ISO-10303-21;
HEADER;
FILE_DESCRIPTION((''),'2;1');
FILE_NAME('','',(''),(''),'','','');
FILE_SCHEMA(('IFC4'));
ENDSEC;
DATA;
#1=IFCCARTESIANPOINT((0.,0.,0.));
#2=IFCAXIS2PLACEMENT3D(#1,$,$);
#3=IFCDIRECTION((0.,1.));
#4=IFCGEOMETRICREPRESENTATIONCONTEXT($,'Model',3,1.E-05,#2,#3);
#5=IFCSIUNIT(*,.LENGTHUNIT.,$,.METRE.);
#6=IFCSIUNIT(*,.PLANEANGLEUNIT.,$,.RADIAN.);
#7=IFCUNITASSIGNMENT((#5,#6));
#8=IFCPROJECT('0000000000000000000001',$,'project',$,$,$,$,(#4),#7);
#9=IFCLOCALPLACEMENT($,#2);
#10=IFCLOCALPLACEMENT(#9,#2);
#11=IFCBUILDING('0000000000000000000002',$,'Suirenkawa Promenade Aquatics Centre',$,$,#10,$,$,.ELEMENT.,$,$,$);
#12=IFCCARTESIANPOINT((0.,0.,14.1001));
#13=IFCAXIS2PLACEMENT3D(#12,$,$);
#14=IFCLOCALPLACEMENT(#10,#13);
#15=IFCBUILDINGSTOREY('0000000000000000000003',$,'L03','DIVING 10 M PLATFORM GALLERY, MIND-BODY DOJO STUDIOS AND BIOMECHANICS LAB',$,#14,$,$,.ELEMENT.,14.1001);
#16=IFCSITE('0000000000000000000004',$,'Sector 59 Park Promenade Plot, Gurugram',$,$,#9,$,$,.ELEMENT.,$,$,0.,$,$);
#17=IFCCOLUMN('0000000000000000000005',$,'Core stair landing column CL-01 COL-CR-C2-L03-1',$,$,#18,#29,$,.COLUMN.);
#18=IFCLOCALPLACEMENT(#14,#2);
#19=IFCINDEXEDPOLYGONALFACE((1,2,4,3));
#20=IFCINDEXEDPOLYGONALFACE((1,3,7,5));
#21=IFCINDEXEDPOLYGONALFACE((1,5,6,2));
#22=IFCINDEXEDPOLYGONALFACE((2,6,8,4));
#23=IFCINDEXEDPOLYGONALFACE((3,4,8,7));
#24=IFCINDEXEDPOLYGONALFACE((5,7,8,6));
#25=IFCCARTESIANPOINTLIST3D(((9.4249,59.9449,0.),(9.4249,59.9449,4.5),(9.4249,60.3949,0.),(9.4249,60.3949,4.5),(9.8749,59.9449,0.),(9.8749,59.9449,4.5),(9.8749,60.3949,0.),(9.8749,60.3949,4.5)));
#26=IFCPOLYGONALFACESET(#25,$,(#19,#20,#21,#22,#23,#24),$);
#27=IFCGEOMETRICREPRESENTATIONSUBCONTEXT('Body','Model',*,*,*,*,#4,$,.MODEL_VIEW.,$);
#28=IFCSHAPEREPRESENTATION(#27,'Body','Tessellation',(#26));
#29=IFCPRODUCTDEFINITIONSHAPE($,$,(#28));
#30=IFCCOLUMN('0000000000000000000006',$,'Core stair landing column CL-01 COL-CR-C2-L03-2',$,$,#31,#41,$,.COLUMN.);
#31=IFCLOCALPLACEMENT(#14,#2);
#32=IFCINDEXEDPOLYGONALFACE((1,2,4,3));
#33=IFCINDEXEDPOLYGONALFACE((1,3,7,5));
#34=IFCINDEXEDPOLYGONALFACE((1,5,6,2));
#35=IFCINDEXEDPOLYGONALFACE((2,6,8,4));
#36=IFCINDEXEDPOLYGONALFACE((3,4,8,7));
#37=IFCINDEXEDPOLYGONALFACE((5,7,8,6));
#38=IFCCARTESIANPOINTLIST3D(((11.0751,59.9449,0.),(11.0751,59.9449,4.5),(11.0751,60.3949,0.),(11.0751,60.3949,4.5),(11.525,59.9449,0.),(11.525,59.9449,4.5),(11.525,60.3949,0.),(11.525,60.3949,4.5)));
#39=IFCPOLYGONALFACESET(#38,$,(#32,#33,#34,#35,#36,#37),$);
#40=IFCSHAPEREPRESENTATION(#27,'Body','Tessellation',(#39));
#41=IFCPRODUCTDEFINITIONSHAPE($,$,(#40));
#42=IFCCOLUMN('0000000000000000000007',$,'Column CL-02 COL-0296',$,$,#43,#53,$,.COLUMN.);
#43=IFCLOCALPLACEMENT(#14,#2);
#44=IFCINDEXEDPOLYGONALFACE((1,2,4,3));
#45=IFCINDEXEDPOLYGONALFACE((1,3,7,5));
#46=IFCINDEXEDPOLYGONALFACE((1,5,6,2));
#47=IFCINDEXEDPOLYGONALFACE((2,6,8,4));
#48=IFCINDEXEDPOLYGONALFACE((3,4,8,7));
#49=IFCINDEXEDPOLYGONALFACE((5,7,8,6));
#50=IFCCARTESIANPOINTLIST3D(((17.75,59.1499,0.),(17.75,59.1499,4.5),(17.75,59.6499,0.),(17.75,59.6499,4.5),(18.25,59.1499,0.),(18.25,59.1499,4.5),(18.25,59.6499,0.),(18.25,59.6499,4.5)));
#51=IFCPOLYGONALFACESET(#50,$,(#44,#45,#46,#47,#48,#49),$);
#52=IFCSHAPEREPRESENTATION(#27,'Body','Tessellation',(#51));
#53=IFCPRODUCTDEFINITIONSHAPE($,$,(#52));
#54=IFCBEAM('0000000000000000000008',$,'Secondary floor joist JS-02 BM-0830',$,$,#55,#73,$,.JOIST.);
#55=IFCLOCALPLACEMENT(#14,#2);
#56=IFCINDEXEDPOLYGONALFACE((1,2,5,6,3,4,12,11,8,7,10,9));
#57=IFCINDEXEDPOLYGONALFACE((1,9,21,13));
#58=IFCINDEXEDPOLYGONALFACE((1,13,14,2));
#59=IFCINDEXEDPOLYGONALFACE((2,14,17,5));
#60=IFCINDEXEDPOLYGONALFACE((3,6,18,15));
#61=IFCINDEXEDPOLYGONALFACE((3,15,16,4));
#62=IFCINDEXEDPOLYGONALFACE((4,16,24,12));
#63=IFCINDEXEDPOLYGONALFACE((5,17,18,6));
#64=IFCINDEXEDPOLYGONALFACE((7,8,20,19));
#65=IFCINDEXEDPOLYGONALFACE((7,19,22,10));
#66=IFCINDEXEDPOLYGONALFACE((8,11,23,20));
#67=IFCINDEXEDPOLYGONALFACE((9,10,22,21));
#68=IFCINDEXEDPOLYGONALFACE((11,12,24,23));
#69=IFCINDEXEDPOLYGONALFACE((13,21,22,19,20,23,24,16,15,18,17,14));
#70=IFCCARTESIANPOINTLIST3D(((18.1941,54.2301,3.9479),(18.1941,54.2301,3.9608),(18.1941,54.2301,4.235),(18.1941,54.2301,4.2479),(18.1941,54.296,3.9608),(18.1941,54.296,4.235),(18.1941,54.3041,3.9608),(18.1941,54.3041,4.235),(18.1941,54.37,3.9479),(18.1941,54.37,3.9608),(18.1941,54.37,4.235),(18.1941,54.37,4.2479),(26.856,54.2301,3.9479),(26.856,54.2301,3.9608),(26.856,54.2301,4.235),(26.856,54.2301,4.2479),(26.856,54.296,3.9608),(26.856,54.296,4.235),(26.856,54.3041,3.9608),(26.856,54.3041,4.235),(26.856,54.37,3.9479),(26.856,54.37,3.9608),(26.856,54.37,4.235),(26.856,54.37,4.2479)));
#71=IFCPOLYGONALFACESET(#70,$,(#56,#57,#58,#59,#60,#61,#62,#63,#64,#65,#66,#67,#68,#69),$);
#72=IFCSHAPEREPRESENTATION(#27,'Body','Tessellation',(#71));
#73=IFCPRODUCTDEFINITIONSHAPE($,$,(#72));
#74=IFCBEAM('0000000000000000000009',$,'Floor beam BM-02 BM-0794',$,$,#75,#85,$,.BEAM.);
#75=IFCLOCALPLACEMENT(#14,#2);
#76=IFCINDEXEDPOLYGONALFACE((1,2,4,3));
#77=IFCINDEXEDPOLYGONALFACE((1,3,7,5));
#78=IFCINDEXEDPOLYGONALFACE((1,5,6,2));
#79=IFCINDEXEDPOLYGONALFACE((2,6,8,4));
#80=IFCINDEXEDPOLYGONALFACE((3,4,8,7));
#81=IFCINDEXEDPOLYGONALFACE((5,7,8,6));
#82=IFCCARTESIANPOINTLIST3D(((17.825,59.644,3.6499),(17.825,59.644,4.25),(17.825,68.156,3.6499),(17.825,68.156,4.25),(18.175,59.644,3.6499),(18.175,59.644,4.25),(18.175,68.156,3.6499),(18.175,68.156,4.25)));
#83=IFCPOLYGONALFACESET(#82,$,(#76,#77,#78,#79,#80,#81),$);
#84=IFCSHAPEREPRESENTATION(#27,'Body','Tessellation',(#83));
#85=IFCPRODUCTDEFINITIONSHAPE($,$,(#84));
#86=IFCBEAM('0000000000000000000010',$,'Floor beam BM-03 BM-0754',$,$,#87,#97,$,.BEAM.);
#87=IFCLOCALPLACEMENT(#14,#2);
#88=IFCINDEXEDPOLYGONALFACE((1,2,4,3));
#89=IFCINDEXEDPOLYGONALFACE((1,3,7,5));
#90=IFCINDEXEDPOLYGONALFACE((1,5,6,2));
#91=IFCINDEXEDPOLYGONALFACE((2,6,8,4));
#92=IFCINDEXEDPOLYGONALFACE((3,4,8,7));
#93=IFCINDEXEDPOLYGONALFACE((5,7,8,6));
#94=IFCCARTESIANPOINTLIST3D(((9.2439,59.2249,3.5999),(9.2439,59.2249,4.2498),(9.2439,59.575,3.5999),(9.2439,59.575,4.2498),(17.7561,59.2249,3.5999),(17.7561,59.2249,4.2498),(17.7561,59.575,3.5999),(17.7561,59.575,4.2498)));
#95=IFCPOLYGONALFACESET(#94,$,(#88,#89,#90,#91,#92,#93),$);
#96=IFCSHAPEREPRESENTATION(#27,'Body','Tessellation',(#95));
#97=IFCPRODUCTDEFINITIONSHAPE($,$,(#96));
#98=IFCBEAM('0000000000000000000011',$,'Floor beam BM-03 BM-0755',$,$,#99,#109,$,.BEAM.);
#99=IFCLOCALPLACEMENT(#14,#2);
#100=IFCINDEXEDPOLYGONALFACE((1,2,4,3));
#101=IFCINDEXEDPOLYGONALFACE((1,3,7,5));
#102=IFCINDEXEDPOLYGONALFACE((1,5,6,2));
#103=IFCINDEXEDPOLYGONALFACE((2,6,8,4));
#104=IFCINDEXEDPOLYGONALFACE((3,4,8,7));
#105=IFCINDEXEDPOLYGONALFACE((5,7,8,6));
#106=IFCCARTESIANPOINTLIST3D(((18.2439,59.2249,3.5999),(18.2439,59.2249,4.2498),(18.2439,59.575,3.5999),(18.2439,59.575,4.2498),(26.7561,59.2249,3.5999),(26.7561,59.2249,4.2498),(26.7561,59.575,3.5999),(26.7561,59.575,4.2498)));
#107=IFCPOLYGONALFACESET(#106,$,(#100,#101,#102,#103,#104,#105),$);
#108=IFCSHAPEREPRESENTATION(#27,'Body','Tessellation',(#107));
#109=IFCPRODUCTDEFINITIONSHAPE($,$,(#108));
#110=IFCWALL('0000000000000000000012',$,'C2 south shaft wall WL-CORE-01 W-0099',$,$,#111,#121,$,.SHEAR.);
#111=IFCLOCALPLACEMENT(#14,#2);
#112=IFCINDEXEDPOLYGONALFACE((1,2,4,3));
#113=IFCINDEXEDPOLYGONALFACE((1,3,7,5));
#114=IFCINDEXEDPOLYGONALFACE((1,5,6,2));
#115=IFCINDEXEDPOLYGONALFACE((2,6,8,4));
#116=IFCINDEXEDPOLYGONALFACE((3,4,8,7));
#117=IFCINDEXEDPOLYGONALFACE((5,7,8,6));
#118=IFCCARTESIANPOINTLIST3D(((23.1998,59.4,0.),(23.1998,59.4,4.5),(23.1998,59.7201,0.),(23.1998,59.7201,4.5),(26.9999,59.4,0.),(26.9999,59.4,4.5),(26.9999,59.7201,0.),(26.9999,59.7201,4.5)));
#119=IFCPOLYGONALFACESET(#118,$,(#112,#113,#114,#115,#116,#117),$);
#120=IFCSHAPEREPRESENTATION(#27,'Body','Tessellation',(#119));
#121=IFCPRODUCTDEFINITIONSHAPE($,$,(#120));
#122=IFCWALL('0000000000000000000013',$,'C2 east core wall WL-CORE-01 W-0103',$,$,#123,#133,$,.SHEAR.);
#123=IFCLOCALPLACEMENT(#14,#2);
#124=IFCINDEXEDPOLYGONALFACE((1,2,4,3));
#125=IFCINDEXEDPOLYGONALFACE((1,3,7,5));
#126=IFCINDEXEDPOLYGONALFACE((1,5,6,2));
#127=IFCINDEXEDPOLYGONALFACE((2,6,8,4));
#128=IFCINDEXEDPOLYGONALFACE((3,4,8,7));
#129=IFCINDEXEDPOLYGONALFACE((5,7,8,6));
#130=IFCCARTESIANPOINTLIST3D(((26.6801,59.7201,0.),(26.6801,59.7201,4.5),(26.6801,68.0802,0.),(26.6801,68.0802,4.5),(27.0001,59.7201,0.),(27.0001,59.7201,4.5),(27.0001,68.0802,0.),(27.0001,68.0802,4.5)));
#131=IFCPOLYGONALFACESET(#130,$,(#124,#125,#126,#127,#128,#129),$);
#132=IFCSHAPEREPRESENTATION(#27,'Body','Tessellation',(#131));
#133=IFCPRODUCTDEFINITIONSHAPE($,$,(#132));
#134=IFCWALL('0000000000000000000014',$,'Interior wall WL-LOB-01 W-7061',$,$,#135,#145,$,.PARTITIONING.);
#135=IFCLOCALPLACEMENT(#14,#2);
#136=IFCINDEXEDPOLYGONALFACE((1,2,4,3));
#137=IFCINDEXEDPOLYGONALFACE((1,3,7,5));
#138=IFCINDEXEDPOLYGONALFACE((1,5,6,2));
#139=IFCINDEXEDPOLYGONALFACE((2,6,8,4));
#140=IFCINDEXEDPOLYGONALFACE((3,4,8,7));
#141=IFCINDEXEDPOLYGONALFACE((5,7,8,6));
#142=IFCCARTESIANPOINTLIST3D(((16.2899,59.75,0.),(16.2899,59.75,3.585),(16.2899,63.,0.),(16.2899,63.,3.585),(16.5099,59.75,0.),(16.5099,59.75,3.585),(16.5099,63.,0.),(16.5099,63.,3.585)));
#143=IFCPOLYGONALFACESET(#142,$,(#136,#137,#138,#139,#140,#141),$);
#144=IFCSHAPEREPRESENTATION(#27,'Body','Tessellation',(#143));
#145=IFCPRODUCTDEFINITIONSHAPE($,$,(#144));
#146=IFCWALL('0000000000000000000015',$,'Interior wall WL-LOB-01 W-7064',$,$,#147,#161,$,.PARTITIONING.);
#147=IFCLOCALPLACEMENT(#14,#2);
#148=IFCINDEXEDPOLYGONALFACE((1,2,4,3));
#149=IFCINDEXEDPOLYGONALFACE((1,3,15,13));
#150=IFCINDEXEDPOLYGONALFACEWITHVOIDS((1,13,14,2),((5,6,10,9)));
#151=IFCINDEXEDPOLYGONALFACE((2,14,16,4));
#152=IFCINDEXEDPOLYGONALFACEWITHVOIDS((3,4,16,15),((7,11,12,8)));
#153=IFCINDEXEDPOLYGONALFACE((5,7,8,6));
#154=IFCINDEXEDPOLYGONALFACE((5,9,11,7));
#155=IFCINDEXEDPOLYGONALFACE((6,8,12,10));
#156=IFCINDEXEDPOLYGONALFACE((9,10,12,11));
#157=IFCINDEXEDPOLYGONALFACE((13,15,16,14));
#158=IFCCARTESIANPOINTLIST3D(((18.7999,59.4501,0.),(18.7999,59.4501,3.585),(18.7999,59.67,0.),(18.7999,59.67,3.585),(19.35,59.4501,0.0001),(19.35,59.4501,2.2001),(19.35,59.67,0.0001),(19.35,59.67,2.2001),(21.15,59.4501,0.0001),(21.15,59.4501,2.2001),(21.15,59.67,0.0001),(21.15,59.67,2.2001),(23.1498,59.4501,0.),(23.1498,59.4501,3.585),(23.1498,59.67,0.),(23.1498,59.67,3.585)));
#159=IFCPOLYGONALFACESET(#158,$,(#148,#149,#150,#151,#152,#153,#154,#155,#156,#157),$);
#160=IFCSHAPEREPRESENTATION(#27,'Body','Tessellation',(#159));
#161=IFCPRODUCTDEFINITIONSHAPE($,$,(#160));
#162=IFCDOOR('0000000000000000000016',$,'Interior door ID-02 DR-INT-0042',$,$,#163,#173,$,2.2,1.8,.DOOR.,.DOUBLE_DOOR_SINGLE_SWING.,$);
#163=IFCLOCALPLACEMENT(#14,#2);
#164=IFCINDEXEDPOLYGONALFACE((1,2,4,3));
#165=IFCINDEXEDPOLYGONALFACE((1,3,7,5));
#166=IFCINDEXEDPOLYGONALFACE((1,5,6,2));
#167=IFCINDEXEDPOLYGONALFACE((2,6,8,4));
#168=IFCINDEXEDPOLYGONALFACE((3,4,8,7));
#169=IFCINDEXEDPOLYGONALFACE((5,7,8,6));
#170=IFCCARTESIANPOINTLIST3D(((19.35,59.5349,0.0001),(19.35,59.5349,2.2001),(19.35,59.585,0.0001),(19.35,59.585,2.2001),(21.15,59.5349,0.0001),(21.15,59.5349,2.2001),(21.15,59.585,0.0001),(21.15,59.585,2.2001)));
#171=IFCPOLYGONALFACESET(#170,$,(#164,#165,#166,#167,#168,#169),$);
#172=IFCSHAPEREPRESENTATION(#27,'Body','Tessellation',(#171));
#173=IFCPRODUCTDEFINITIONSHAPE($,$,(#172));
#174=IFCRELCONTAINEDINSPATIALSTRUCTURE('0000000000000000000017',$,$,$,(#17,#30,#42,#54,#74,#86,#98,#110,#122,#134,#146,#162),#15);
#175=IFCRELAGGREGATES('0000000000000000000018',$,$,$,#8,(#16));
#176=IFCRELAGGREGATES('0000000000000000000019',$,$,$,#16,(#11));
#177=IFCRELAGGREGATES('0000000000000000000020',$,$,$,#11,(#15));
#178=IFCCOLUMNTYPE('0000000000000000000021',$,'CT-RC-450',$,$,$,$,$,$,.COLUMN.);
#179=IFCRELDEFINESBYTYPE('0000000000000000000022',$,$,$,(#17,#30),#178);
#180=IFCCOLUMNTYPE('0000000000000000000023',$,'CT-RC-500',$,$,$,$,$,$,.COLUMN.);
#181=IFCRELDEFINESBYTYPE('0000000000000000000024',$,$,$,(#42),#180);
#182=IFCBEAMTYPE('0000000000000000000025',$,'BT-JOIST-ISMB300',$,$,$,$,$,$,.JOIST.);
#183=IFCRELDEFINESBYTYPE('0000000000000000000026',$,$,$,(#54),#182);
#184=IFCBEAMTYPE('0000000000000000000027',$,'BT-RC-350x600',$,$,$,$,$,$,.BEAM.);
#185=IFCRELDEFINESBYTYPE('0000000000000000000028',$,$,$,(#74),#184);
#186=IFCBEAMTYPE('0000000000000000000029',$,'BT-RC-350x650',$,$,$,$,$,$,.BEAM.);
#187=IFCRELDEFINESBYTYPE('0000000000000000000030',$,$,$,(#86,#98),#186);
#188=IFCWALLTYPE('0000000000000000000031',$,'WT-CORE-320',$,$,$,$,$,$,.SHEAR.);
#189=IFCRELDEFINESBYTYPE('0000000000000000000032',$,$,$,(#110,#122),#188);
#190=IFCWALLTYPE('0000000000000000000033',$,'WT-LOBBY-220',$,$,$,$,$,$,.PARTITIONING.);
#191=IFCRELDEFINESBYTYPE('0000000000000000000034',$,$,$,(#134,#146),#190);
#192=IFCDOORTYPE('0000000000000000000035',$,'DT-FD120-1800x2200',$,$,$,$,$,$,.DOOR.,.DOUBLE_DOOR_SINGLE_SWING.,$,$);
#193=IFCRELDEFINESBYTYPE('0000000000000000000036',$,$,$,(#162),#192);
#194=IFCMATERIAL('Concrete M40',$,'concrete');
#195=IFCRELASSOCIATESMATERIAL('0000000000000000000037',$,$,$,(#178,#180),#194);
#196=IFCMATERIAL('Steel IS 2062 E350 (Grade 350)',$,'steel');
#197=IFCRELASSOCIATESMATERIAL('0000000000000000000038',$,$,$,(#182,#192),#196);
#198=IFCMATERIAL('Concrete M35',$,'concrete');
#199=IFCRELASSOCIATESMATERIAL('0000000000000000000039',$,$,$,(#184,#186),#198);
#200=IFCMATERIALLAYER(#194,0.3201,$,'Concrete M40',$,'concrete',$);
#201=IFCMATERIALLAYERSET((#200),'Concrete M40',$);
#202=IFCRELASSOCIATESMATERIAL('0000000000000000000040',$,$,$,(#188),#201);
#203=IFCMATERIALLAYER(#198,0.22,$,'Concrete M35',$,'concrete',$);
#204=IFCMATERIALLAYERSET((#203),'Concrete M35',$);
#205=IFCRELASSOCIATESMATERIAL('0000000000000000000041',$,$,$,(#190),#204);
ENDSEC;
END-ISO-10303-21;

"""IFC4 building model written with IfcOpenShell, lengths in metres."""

from ifc_helpers import new_model, si_unit, direction, frame, frame_2d, origin, origin_2d, place, context, subcontext, project, spatial, rectangle, i_section, extrude, material, layer, layer_set, material_profile, profile_set, type_object, element, fill, save


model = new_model("IFC4")

# Units and contexts
model_context = context("Model", 3, precision=1e-05, world=origin(), true_north=direction((0.0, 1.0)))
body_context = subcontext(model_context, "Body", "Model", "MODEL_VIEW")
ifc_project = project(units=[si_unit("LENGTHUNIT", "METRE"), si_unit("PLANEANGLEUNIT", "RADIAN")], contexts=[model_context])

# Site, building, storey
site_placement = place(None, origin())
site = spatial("IfcSite", under=ifc_project, at=site_placement, Name="Sector 59 Park Promenade Plot, Gurugram", CompositionType="ELEMENT", RefElevation=0.0)
building_placement = place(site_placement, origin())
building = spatial("IfcBuilding", under=site, at=building_placement, Name="Suirenkawa Promenade Aquatics Centre", CompositionType="ELEMENT")
storey_placement = place(building_placement, frame((0.0, 0.0, 14.1001)))
storey = spatial("IfcBuildingStorey", under=building, at=storey_placement, Name="L03", Description="DIVING 10 M PLATFORM GALLERY, MIND-BODY DOJO STUDIOS AND BIOMECHANICS LAB", CompositionType="ELEMENT", Elevation=14.1001)

# Columns
ifc_material_1 = material(Name="Concrete M40", Category="concrete")
ifc_material_profile_1 = material_profile(ifc_material_1, rectangle(XDim=0.45, YDim=0.45, at=origin_2d()), Name="RC COL 450x450", Category="concrete")
ifc_profile_set_1 = profile_set([ifc_material_profile_1], Name="Concrete M40")
column_type_1 = type_object("IfcColumnType", Name="CT-RC-450", PredefinedType="COLUMN", material=ifc_profile_set_1)
for number, where, z_axis, x_axis, name in (
    (1, (9.6499, 60.1699, 0.0), (0.0, 0.0, 1.0), (1.0, 0.0, 0.0), "Core stair landing column CL-01 COL-CR-C2-L03-1"),
    (2, (11.3, 60.1699, 0.0), (0.0, 0.0, 1.0), (1.0, 0.0, 0.0), "Core stair landing column CL-01 COL-CR-C2-L03-2"),
):
    element("IfcColumn", number, at=place(storey_placement, frame(where, z_axis=z_axis, x_axis=x_axis)), inside=storey, type_object=column_type_1, Name=name, PredefinedType="COLUMN", context=body_context, shape_type="SweptSolid", body=[
        extrude(rectangle(XDim=0.45, YDim=0.45, at=origin_2d()), origin(), (0.0, 0.0, 1.0), 4.5),
    ])
ifc_material_profile_2 = material_profile(ifc_material_1, rectangle(XDim=0.5, YDim=0.5, at=origin_2d()), Name="RC COL 500x500", Category="concrete")
ifc_profile_set_2 = profile_set([ifc_material_profile_2], Name="Concrete M40")
column_type_2 = type_object("IfcColumnType", Name="CT-RC-500", PredefinedType="COLUMN", material=ifc_profile_set_2)
column_placement = place(storey_placement, frame((18.0, 59.3999, 0.0), z_axis=(0.0, 0.0, 1.0), x_axis=(1.0, 0.0, 0.0)))
element("IfcColumn", 3, at=column_placement, inside=storey, type_object=column_type_2, Name="Column CL-02 COL-0296", PredefinedType="COLUMN", context=body_context, shape_type="SweptSolid", body=[
    extrude(rectangle(XDim=0.5, YDim=0.5, at=origin_2d()), origin(), (0.0, 0.0, 1.0), 4.5),
])

# Beams
ifc_material_2 = material(Name="Steel IS 2062 E350 (Grade 350)", Category="steel")
ifc_material_profile_3 = material_profile(ifc_material_2, i_section(OverallWidth=0.1399, OverallDepth=0.3, WebThickness=0.0081, FlangeThickness=0.0129, at=origin_2d()), Name="ISMB 300", Category="steel")
ifc_profile_set_3 = profile_set([ifc_material_profile_3], Name="Steel IS 2062 E350 (Grade 350)")
beam_type_1 = type_object("IfcBeamType", Name="BT-JOIST-ISMB300", PredefinedType="JOIST", material=ifc_profile_set_3)
beam_1_placement = place(storey_placement, frame((18.1941, 54.3, 4.0979), z_axis=(1.0, 0.0, 0.0), x_axis=(0.0, 1.0, 0.0)))
element("IfcBeam", 4, at=beam_1_placement, inside=storey, type_object=beam_type_1, Name="Secondary floor joist JS-02 BM-0830", PredefinedType="JOIST", context=body_context, shape_type="SweptSolid", body=[
    extrude(i_section(OverallWidth=0.1399, OverallDepth=0.3, WebThickness=0.0081, FlangeThickness=0.0129, at=origin_2d()), origin(), (0.0, 0.0, 1.0), 8.6619),
])
ifc_material_3 = material(Name="Concrete M35", Category="concrete")
ifc_material_profile_4 = material_profile(ifc_material_3, rectangle(XDim=0.3501, YDim=0.6001, at=origin_2d()), Name="RC BM 350x600", Category="concrete")
ifc_profile_set_4 = profile_set([ifc_material_profile_4], Name="Concrete M35")
beam_type_2 = type_object("IfcBeamType", Name="BT-RC-350x600", PredefinedType="BEAM", material=ifc_profile_set_4)
beam_2_placement = place(storey_placement, frame((18.0, 59.644, 3.95), z_axis=(0.0, 1.0, 0.0), x_axis=(-1.0, 0.0, 0.0)))
element("IfcBeam", 5, at=beam_2_placement, inside=storey, type_object=beam_type_2, Name="Floor beam BM-02 BM-0794", PredefinedType="BEAM", context=body_context, shape_type="SweptSolid", body=[
    extrude(rectangle(XDim=0.3501, YDim=0.6001, at=origin_2d()), origin(), (0.0, 0.0, 1.0), 8.512),
])
ifc_material_profile_5 = material_profile(ifc_material_3, rectangle(XDim=0.3501, YDim=0.6499, at=origin_2d()), Name="RC BM 350x650", Category="concrete")
ifc_profile_set_5 = profile_set([ifc_material_profile_5], Name="Concrete M35")
beam_type_3 = type_object("IfcBeamType", Name="BT-RC-350x650", PredefinedType="BEAM", material=ifc_profile_set_5)
for number, where, z_axis, x_axis, name in (
    (6, (9.2439, 59.3999, 3.9248), (1.0, 0.0, 0.0), (0.0, 1.0, 0.0), "Floor beam BM-03 BM-0754"),
    (7, (18.2439, 59.3999, 3.9248), (1.0, 0.0, 0.0), (0.0, 1.0, 0.0), "Floor beam BM-03 BM-0755"),
):
    element("IfcBeam", number, at=place(storey_placement, frame(where, z_axis=z_axis, x_axis=x_axis)), inside=storey, type_object=beam_type_3, Name=name, PredefinedType="BEAM", context=body_context, shape_type="SweptSolid", body=[
        extrude(rectangle(XDim=0.3501, YDim=0.6499, at=origin_2d()), origin(), (0.0, 0.0, 1.0), 8.5122),
    ])

# Walls
ifc_layer_1 = layer(ifc_material_1, 0.3201, Name="Concrete M40", Category="concrete")
ifc_layer_set_1 = layer_set([ifc_layer_1], Name="Concrete M40")
wall_type_1 = type_object("IfcWallType", Name="WT-CORE-320", PredefinedType="SHEAR", material=ifc_layer_set_1)
wall_1_placement = place(storey_placement, frame((23.2, 59.5601, 0.0), z_axis=(0.0, 0.0, 1.0), x_axis=(1.0, 0.0, 0.0)))
element("IfcWall", 8, at=wall_1_placement, inside=storey, type_object=wall_type_1, Name="C2 south shaft wall WL-CORE-01 W-0099", PredefinedType="SHEAR", context=body_context, shape_type="SweptSolid", body=[
    extrude(rectangle(XDim=3.8, YDim=0.3201, at=frame_2d((1.8999, 0.0))), origin(), (0.0, 0.0, 1.0), 4.5),
])
wall_2_placement = place(storey_placement, frame((26.8401, 59.72, 0.0), z_axis=(0.0, 0.0, 1.0), x_axis=(0.0, 1.0, 0.0)))
element("IfcWall", 9, at=wall_2_placement, inside=storey, type_object=wall_type_1, Name="C2 east core wall WL-CORE-01 W-0103", PredefinedType="SHEAR", context=body_context, shape_type="SweptSolid", body=[
    extrude(rectangle(XDim=8.3601, YDim=0.3201, at=frame_2d((4.1802, 0.0))), origin(), (0.0, 0.0, 1.0), 4.5),
])
ifc_layer_2 = layer(ifc_material_3, 0.22, Name="Concrete M35", Category="concrete")
ifc_layer_set_2 = layer_set([ifc_layer_2], Name="Concrete M35")
wall_type_2 = type_object("IfcWallType", Name="WT-LOBBY-220", PredefinedType="PARTITIONING", material=ifc_layer_set_2)
wall_3_placement = place(storey_placement, frame((16.3999, 59.75, 0.0), z_axis=(0.0, 0.0, 1.0), x_axis=(0.0, 1.0, 0.0)))
element("IfcWall", 10, at=wall_3_placement, inside=storey, type_object=wall_type_2, Name="Interior wall WL-LOB-01 W-7061", PredefinedType="PARTITIONING", context=body_context, shape_type="SweptSolid", body=[
    extrude(rectangle(XDim=3.25, YDim=0.22, at=frame_2d((1.625, 0.0))), origin(), (0.0, 0.0, 1.0), 3.585),
])

# Wall, opening, door
wall_4_placement = place(storey_placement, frame((18.8, 59.5601, 0.0), z_axis=(0.0, 0.0, 1.0), x_axis=(1.0, 0.0, 0.0)))
wall_4 = element("IfcWall", 11, at=wall_4_placement, inside=storey, type_object=wall_type_2, Name="Interior wall WL-LOB-01 W-7064", PredefinedType="PARTITIONING", context=body_context, shape_type="SweptSolid", body=[
    extrude(rectangle(XDim=4.3499, YDim=0.22, at=frame_2d((2.1748, 0.0))), origin(), (0.0, 0.0, 1.0), 3.585),
])
opening_1_placement = place(wall_4_placement, frame((0.55, 0.0, 0.0)))
opening_1 = element("IfcOpeningElement", 12, at=opening_1_placement, cuts=wall_4, PredefinedType="OPENING", context=body_context, shape_type="SweptSolid", body=[
    extrude(rectangle(XDim=1.8, YDim=2.2, at=frame_2d((0.8999, 1.1001))), frame((0.0, 0.1199, 0.0), z_axis=(0.0, -1.0, 0.0), x_axis=(1.0, 0.0, 0.0)), (0.0, 0.0, 1.0), 0.24),
])
door_type_1 = type_object("IfcDoorType", Name="DT-FD120-1800x2200", OperationType="DOUBLE_DOOR_SINGLE_SWING", PredefinedType="DOOR", material=ifc_material_2)
door_1_placement = place(opening_1_placement, origin())
door_1 = element("IfcDoor", 13, at=door_1_placement, inside=storey, type_object=door_type_1, Name="Interior door ID-02 DR-INT-0042", OperationType="DOUBLE_DOOR_SINGLE_SWING", OverallHeight=2.2, OverallWidth=1.8, PredefinedType="DOOR", context=body_context, shape_type="SweptSolid", body=[
    extrude(rectangle(XDim=1.8, YDim=2.2, at=frame_2d((0.8999, 1.1001))), frame((0.0, 0.0249, 0.0), z_axis=(0.0, -1.0, 0.0), x_axis=(1.0, 0.0, 0.0)), (0.0, 0.0, 1.0), 0.05),
])
fill(opening_1, door_1)

save(model, "model.ifc")
